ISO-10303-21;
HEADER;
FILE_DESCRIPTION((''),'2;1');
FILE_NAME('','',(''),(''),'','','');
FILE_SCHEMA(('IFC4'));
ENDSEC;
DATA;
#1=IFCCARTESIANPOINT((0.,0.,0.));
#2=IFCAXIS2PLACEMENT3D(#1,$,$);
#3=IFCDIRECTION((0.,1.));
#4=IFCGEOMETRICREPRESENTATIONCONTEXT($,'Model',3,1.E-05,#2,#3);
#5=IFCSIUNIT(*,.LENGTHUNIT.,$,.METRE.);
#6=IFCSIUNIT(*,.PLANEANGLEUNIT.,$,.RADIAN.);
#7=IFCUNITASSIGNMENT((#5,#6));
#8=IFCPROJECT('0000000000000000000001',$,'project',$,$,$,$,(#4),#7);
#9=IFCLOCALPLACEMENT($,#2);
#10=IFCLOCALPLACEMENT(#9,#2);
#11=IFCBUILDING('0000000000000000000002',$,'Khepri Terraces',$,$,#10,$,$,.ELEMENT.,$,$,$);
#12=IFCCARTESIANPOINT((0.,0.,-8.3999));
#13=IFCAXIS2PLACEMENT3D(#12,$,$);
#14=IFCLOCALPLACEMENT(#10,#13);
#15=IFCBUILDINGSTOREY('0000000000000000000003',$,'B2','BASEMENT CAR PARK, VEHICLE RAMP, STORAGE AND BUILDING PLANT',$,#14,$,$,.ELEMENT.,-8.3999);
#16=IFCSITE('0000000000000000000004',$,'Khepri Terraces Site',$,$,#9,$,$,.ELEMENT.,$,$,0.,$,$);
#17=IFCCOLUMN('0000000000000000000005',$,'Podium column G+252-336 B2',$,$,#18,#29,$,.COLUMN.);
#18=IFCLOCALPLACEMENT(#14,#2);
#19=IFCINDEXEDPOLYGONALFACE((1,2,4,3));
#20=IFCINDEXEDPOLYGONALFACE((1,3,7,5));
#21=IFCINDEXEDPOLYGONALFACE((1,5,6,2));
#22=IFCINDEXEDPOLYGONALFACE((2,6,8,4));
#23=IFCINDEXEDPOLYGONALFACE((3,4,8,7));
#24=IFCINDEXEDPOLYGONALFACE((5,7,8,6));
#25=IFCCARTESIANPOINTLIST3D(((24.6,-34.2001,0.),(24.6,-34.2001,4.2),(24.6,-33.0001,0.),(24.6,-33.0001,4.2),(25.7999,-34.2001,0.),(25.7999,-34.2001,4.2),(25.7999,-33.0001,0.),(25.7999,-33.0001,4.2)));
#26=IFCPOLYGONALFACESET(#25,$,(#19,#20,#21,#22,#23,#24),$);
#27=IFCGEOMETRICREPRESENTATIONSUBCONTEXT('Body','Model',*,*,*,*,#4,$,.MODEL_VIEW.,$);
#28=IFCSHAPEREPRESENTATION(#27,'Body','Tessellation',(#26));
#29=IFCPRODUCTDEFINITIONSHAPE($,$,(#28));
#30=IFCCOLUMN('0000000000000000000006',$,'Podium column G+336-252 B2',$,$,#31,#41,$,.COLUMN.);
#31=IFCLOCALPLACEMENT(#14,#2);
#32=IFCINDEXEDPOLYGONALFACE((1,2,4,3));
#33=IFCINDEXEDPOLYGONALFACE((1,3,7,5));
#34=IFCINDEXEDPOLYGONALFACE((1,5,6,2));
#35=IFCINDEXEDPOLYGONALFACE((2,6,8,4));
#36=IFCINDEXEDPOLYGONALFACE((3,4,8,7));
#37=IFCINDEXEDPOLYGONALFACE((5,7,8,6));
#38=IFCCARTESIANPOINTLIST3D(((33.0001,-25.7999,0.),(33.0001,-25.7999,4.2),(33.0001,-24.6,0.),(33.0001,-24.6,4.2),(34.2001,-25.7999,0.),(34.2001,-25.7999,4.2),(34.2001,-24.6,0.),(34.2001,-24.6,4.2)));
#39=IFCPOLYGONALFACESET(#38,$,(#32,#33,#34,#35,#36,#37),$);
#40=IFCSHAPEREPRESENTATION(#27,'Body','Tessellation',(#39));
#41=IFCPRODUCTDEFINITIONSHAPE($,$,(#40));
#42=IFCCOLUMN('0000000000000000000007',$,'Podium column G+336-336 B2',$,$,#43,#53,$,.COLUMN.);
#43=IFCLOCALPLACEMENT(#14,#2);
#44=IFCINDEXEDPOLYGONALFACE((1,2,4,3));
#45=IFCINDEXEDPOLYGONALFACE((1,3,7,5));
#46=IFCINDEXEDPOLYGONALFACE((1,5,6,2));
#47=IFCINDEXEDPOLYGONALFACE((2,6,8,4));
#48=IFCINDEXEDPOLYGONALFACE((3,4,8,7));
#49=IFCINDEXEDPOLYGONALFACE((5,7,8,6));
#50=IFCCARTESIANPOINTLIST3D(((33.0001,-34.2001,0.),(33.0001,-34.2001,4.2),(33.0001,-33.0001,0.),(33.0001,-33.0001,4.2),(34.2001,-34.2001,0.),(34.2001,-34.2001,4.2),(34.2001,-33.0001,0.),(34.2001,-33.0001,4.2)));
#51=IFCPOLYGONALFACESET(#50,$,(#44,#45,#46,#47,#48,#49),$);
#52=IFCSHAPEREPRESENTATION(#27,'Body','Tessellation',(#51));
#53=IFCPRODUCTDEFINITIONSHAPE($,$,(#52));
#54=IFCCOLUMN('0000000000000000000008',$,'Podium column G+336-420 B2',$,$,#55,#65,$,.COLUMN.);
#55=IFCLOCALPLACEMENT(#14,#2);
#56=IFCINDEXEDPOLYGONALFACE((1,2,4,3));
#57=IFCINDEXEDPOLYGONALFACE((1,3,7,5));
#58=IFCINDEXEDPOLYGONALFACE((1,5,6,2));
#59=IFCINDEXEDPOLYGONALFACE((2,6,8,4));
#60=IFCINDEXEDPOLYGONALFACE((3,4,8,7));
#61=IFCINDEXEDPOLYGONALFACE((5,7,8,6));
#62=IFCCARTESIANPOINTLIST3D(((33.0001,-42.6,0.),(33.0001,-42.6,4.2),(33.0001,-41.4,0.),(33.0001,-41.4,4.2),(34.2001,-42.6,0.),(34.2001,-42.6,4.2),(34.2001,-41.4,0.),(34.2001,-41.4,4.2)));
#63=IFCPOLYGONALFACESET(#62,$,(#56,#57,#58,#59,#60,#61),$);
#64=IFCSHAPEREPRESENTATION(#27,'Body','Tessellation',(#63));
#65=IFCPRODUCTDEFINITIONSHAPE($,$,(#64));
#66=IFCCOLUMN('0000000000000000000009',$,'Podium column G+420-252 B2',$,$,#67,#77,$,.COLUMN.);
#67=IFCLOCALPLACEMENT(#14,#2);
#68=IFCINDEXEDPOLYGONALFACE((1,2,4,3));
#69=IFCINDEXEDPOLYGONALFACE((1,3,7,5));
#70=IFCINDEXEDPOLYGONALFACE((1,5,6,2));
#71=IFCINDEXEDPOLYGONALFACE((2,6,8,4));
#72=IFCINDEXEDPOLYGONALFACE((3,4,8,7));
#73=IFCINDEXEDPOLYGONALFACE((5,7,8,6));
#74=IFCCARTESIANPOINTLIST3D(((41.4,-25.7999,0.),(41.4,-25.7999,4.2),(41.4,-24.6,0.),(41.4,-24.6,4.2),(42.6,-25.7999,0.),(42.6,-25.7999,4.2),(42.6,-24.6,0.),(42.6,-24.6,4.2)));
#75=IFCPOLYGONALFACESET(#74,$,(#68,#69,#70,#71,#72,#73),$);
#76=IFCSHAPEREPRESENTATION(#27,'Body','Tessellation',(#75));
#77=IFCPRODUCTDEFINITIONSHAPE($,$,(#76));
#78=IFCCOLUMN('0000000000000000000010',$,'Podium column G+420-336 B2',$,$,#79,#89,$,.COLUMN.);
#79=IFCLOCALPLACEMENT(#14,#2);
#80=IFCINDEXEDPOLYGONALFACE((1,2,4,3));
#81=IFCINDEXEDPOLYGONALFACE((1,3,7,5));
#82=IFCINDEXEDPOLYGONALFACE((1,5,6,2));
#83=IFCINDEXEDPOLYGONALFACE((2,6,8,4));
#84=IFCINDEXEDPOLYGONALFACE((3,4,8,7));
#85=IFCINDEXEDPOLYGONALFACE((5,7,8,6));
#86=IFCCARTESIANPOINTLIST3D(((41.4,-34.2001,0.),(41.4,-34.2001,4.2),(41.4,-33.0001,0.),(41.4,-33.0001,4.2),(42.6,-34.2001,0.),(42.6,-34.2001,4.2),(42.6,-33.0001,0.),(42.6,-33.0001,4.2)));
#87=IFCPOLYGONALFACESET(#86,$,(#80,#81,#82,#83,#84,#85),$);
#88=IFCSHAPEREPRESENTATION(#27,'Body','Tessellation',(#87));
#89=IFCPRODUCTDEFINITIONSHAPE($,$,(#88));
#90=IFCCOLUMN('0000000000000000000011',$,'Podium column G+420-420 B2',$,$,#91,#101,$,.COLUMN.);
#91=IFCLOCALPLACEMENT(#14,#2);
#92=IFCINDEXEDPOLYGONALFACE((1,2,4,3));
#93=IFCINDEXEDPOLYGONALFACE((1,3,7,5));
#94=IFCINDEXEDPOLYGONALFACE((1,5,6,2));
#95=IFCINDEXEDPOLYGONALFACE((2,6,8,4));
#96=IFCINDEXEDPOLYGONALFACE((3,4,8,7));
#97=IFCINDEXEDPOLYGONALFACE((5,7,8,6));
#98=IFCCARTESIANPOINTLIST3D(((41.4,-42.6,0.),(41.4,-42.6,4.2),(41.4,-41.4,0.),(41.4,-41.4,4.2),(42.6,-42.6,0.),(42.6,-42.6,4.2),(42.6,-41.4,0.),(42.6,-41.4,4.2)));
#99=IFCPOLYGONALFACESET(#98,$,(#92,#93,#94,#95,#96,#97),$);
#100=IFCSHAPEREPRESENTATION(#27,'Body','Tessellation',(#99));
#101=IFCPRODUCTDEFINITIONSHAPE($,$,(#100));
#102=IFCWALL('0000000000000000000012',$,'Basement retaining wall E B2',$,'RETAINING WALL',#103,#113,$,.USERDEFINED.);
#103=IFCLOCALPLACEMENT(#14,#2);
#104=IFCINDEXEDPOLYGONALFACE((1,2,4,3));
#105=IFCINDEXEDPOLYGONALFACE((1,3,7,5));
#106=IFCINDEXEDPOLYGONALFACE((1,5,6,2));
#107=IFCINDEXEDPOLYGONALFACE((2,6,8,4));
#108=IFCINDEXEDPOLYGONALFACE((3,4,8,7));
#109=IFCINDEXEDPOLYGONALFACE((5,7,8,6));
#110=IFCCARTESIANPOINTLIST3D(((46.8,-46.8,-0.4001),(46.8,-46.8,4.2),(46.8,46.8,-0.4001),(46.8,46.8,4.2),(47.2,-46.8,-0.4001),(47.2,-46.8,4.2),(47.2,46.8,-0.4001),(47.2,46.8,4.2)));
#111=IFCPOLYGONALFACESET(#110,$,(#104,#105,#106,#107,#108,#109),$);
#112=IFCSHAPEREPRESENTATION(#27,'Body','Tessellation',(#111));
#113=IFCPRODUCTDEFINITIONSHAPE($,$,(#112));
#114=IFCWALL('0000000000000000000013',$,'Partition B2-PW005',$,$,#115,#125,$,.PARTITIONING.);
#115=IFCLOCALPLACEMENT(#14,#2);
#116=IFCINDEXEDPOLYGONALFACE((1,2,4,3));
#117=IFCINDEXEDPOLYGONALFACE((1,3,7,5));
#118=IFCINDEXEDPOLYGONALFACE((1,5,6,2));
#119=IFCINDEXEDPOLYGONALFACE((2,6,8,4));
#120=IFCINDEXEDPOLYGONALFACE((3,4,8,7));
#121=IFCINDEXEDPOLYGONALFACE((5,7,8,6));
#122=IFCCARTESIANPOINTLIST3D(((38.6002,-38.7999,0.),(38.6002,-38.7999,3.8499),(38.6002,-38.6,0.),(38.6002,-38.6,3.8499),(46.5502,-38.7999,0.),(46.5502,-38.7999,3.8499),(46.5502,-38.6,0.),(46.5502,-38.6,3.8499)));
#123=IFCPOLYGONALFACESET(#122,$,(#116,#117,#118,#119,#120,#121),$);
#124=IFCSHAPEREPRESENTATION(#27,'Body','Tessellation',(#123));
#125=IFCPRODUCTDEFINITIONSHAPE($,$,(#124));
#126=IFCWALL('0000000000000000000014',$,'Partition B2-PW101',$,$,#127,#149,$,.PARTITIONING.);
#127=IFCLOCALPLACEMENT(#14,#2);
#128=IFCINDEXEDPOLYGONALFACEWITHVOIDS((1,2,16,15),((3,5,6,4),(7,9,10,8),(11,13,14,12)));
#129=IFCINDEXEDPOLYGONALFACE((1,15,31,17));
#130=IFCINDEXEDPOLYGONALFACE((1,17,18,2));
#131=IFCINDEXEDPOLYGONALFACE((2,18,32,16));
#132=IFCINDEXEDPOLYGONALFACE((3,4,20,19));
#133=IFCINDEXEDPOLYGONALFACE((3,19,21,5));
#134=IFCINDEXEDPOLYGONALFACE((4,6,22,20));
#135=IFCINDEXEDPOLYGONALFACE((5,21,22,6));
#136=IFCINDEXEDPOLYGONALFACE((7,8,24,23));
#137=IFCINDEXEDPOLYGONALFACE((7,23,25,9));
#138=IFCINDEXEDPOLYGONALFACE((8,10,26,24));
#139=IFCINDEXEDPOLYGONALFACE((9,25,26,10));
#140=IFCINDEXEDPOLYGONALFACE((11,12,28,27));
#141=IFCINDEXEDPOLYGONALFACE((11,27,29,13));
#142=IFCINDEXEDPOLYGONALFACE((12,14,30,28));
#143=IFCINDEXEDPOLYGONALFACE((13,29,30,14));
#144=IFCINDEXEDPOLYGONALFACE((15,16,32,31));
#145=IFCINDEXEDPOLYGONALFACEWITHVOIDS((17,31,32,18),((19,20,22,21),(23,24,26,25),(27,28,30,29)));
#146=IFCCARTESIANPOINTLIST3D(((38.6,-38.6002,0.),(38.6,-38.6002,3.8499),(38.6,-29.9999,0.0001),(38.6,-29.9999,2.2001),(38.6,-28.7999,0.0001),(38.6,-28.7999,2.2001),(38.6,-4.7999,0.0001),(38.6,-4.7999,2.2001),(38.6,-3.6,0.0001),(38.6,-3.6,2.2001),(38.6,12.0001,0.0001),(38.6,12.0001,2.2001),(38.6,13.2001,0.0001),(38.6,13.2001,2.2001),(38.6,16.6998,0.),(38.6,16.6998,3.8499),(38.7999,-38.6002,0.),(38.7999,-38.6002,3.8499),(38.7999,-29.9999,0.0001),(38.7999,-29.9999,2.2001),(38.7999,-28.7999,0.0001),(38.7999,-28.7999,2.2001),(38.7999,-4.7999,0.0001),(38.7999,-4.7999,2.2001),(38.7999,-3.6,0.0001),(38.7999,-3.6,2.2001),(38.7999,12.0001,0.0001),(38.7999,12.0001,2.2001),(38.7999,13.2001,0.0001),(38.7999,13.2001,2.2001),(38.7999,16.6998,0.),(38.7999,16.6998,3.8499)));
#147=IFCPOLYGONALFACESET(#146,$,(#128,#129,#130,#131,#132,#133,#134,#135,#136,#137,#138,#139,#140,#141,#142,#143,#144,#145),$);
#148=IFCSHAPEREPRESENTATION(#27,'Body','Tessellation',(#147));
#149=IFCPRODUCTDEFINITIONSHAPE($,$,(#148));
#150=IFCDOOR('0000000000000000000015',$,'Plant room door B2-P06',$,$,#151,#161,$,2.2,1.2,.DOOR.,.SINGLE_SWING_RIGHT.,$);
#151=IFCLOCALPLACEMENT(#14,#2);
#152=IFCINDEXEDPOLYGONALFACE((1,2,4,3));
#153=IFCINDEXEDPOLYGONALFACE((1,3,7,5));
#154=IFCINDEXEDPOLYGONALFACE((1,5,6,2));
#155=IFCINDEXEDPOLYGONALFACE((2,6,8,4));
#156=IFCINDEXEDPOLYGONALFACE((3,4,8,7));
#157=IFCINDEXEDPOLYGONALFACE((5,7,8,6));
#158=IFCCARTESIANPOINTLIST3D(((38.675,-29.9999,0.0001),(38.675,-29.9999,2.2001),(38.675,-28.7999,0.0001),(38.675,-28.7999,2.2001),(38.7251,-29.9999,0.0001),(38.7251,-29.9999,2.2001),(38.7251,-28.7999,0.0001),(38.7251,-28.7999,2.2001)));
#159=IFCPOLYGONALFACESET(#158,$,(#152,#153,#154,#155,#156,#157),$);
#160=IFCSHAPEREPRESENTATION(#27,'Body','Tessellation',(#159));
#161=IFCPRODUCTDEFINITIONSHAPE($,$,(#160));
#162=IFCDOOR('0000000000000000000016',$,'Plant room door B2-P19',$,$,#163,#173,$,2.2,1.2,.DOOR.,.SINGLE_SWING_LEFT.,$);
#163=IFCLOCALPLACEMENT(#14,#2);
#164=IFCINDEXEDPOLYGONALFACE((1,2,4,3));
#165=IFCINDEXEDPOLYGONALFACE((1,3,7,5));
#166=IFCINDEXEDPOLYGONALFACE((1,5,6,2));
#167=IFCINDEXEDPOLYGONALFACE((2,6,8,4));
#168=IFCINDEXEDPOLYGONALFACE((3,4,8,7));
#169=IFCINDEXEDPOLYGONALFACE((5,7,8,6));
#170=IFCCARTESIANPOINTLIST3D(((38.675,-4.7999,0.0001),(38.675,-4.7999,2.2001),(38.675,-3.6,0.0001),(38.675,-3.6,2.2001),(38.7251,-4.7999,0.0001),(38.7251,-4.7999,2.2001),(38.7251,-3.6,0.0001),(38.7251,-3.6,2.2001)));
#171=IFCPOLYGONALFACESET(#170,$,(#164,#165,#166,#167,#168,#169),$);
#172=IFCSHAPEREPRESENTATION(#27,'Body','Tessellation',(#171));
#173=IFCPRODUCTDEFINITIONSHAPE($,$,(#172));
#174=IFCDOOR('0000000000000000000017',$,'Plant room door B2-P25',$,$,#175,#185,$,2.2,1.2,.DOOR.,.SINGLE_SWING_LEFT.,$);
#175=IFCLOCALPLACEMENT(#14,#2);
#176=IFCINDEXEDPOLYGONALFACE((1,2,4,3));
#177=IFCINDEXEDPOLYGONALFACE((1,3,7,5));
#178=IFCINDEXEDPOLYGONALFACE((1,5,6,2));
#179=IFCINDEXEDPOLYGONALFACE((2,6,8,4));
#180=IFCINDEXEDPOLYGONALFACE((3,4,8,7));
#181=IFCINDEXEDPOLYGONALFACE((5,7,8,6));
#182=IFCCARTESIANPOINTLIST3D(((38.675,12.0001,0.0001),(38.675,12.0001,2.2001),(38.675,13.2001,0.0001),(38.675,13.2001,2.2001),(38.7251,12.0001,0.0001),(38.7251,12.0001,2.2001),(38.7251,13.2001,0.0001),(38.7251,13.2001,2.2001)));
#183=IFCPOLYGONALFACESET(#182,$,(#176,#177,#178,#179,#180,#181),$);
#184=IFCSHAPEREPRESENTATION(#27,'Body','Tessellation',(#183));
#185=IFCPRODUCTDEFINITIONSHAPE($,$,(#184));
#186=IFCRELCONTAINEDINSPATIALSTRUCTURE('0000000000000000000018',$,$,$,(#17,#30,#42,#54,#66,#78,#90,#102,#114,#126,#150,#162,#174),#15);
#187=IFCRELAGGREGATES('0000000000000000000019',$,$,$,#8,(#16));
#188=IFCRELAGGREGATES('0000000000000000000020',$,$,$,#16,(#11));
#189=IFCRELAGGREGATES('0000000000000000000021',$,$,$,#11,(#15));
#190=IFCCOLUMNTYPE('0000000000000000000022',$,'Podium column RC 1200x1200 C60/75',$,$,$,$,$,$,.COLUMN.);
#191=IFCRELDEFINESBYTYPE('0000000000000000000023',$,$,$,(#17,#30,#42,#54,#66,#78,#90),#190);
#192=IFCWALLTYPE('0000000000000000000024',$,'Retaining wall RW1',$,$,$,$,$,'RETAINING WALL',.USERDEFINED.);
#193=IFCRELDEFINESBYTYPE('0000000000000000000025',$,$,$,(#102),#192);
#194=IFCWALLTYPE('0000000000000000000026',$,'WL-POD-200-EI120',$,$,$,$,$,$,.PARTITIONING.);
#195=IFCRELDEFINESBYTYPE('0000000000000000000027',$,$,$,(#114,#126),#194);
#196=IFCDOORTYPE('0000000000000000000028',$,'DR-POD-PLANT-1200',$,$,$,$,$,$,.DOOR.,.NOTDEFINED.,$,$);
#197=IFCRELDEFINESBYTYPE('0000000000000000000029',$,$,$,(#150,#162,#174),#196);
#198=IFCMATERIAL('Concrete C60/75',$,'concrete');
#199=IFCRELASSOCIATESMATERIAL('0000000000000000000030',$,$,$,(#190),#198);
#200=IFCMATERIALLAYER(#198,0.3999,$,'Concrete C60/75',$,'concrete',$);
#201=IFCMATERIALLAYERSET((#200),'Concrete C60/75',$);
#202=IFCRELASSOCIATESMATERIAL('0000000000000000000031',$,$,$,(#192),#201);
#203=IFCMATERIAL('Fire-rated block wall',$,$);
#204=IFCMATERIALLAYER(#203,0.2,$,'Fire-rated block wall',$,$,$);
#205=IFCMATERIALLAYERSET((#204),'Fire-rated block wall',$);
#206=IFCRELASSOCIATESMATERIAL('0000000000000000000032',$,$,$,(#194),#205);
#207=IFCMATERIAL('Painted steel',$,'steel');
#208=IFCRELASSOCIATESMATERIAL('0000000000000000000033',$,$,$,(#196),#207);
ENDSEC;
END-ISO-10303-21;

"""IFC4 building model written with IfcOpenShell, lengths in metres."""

from ifc_helpers import new_model, si_unit, direction, frame, frame_2d, origin, origin_2d, place, context, subcontext, project, spatial, rectangle, extrude, material, layer, layer_set, material_profile, profile_set, type_object, element, fill, save


model = new_model("IFC4")

# Units and contexts
model_context = context("Model", 3, precision=1e-05, world=origin(), true_north=direction((0.0, 1.0)))
body_context = subcontext(model_context, "Body", "Model", "MODEL_VIEW")
ifc_project = project(units=[si_unit("LENGTHUNIT", "METRE"), si_unit("PLANEANGLEUNIT", "RADIAN")], contexts=[model_context])

# Site, building, storey
site_placement = place(None, origin())
site = spatial("IfcSite", under=ifc_project, at=site_placement, Name="Khepri Terraces Site", CompositionType="ELEMENT", RefElevation=0.0)
building_placement = place(site_placement, origin())
building = spatial("IfcBuilding", under=site, at=building_placement, Name="Khepri Terraces", CompositionType="ELEMENT")
storey_placement = place(building_placement, frame((0.0, 0.0, -8.3999)))
storey = spatial("IfcBuildingStorey", under=building, at=storey_placement, Name="B2", Description="BASEMENT CAR PARK, VEHICLE RAMP, STORAGE AND BUILDING PLANT", CompositionType="ELEMENT", Elevation=-8.3999)

# Columns
ifc_material_1 = material(Name="Concrete C60/75", Category="concrete")
ifc_material_profile_1 = material_profile(ifc_material_1, rectangle(XDim=1.2, YDim=1.2, at=origin_2d()), Name="Concrete C60/75", Category="concrete")
ifc_profile_set_1 = profile_set([ifc_material_profile_1], Name="Concrete C60/75")
column_type = type_object("IfcColumnType", Name="Podium column RC 1200x1200 C60/75", PredefinedType="COLUMN", material=ifc_profile_set_1)
for number, where, z_axis, x_axis, name in (
    (1, (25.2, -33.6001, 0.0), (0.0, 0.0, 1.0), (1.0, 0.0, 0.0), "Podium column G+252-336 B2"),
    (2, (33.6001, -25.2, 0.0), (0.0, 0.0, 1.0), (1.0, 0.0, 0.0), "Podium column G+336-252 B2"),
    (3, (33.6001, -33.6001, 0.0), (0.0, 0.0, 1.0), (1.0, 0.0, 0.0), "Podium column G+336-336 B2"),
    (4, (33.6001, -42.0, 0.0), (0.0, 0.0, 1.0), (1.0, 0.0, 0.0), "Podium column G+336-420 B2"),
    (5, (42.0, -25.2, 0.0), (0.0, 0.0, 1.0), (1.0, 0.0, 0.0), "Podium column G+420-252 B2"),
    (6, (42.0, -33.6001, 0.0), (0.0, 0.0, 1.0), (1.0, 0.0, 0.0), "Podium column G+420-336 B2"),
    (7, (42.0, -42.0, 0.0), (0.0, 0.0, 1.0), (1.0, 0.0, 0.0), "Podium column G+420-420 B2"),
):
    element("IfcColumn", number, at=place(storey_placement, frame(where, z_axis=z_axis, x_axis=x_axis)), inside=storey, type_object=column_type, Name=name, PredefinedType="COLUMN", context=body_context, shape_type="SweptSolid", body=[
        extrude(rectangle(XDim=1.2, YDim=1.2, at=origin_2d()), origin(), (0.0, 0.0, 1.0), 4.2),
    ])

# Walls
ifc_layer_1 = layer(ifc_material_1, 0.3999, Name="Concrete C60/75", Category="concrete")
ifc_layer_set_1 = layer_set([ifc_layer_1], Name="Concrete C60/75")
wall_type_1 = type_object("IfcWallType", Name="Retaining wall RW1", ElementType="RETAINING WALL", PredefinedType="USERDEFINED", material=ifc_layer_set_1)
wall_1_placement = place(storey_placement, frame((47.0, -46.8, -0.4001), z_axis=(0.0, 0.0, 1.0), x_axis=(0.0, 1.0, 0.0)))
element("IfcWall", 8, at=wall_1_placement, inside=storey, type_object=wall_type_1, Name="Basement retaining wall E B2", ObjectType="RETAINING WALL", PredefinedType="USERDEFINED", context=body_context, shape_type="SweptSolid", body=[
    extrude(rectangle(XDim=93.6001, YDim=0.3999, at=frame_2d((46.8, 0.0))), origin(), (0.0, 0.0, 1.0), 4.6001),
])
ifc_material_2 = material(Name="Fire-rated block wall")
ifc_layer_2 = layer(ifc_material_2, 0.2, Name="Fire-rated block wall")
ifc_layer_set_2 = layer_set([ifc_layer_2], Name="Fire-rated block wall")
wall_type_2 = type_object("IfcWallType", Name="WL-POD-200-EI120", PredefinedType="PARTITIONING", material=ifc_layer_set_2)
wall_2_placement = place(storey_placement, frame((38.6001, -38.7, 0.0), z_axis=(0.0, 0.0, 1.0), x_axis=(1.0, 0.0, 0.0)))
element("IfcWall", 9, at=wall_2_placement, inside=storey, type_object=wall_type_2, Name="Partition B2-PW005", PredefinedType="PARTITIONING", context=body_context, shape_type="SweptSolid", body=[
    extrude(rectangle(XDim=7.95, YDim=0.2, at=frame_2d((3.9751, 0.0))), origin(), (0.0, 0.0, 1.0), 3.8499),
])

# Wall, openings, doors
wall_3_placement = place(storey_placement, frame((38.7, -38.6001, 0.0), z_axis=(0.0, 0.0, 1.0), x_axis=(0.0, 1.0, 0.0)))
wall_3 = element("IfcWall", 10, at=wall_3_placement, inside=storey, type_object=wall_type_2, Name="Partition B2-PW101", PredefinedType="PARTITIONING", context=body_context, shape_type="SweptSolid", body=[
    extrude(rectangle(XDim=55.3, YDim=0.2, at=frame_2d((27.6499, 0.0))), origin(), (0.0, 0.0, 1.0), 3.8499),
])
opening_1_placement = place(wall_3_placement, frame((8.6001, 0.0, 0.0)))
opening_1 = element("IfcOpeningElement", 11, at=opening_1_placement, cuts=wall_3, PredefinedType="OPENING", context=body_context, shape_type="SweptSolid", body=[
    extrude(rectangle(XDim=1.2, YDim=2.2, at=frame_2d((0.6001, 1.1001))), frame((0.0, 0.1099, 0.0), z_axis=(0.0, -1.0, 0.0), x_axis=(1.0, 0.0, 0.0)), (0.0, 0.0, 1.0), 0.22),
])
opening_2_placement = place(wall_3_placement, frame((33.8, 0.0, 0.0)))
opening_2 = element("IfcOpeningElement", 12, at=opening_2_placement, cuts=wall_3, PredefinedType="OPENING", context=body_context, shape_type="SweptSolid", body=[
    extrude(rectangle(XDim=1.2, YDim=2.2, at=frame_2d((0.6001, 1.1001))), frame((0.0, 0.1099, 0.0), z_axis=(0.0, -1.0, 0.0), x_axis=(1.0, 0.0, 0.0)), (0.0, 0.0, 1.0), 0.22),
])
opening_3_placement = place(wall_3_placement, frame((50.6001, 0.0, 0.0)))
opening_3 = element("IfcOpeningElement", 13, at=opening_3_placement, cuts=wall_3, PredefinedType="OPENING", context=body_context, shape_type="SweptSolid", body=[
    extrude(rectangle(XDim=1.2, YDim=2.2, at=frame_2d((0.6001, 1.1001))), frame((0.0, 0.1099, 0.0), z_axis=(0.0, -1.0, 0.0), x_axis=(1.0, 0.0, 0.0)), (0.0, 0.0, 1.0), 0.22),
])
ifc_material_3 = material(Name="Painted steel", Category="steel")
door_type = type_object("IfcDoorType", Name="DR-POD-PLANT-1200", OperationType="NOTDEFINED", PredefinedType="DOOR", material=ifc_material_3)
door_1_placement = place(opening_1_placement, origin())
door_1 = element("IfcDoor", 14, at=door_1_placement, inside=storey, type_object=door_type, Name="Plant room door B2-P06", OperationType="SINGLE_SWING_RIGHT", OverallHeight=2.2, OverallWidth=1.2, PredefinedType="DOOR", context=body_context, shape_type="SweptSolid", body=[
    extrude(rectangle(XDim=1.2, YDim=2.2, at=frame_2d((0.6001, 1.1001))), frame((0.0, 0.0249, 0.0), z_axis=(0.0, -1.0, 0.0), x_axis=(1.0, 0.0, 0.0)), (0.0, 0.0, 1.0), 0.05),
])
fill(opening_1, door_1)
door_2_placement = place(opening_2_placement, origin())
door_2 = element("IfcDoor", 15, at=door_2_placement, inside=storey, type_object=door_type, Name="Plant room door B2-P19", OperationType="SINGLE_SWING_LEFT", OverallHeight=2.2, OverallWidth=1.2, PredefinedType="DOOR", context=body_context, shape_type="SweptSolid", body=[
    extrude(rectangle(XDim=1.2, YDim=2.2, at=frame_2d((0.6001, 1.1001))), frame((0.0, 0.0249, 0.0), z_axis=(0.0, -1.0, 0.0), x_axis=(1.0, 0.0, 0.0)), (0.0, 0.0, 1.0), 0.05),
])
fill(opening_2, door_2)
door_3_placement = place(opening_3_placement, origin())
door_3 = element("IfcDoor", 16, at=door_3_placement, inside=storey, type_object=door_type, Name="Plant room door B2-P25", OperationType="SINGLE_SWING_LEFT", OverallHeight=2.2, OverallWidth=1.2, PredefinedType="DOOR", context=body_context, shape_type="SweptSolid", body=[
    extrude(rectangle(XDim=1.2, YDim=2.2, at=frame_2d((0.6001, 1.1001))), frame((0.0, 0.0249, 0.0), z_axis=(0.0, -1.0, 0.0), x_axis=(1.0, 0.0, 0.0)), (0.0, 0.0, 1.0), 0.05),
])
fill(opening_3, door_3)

save(model, "model.ifc")
